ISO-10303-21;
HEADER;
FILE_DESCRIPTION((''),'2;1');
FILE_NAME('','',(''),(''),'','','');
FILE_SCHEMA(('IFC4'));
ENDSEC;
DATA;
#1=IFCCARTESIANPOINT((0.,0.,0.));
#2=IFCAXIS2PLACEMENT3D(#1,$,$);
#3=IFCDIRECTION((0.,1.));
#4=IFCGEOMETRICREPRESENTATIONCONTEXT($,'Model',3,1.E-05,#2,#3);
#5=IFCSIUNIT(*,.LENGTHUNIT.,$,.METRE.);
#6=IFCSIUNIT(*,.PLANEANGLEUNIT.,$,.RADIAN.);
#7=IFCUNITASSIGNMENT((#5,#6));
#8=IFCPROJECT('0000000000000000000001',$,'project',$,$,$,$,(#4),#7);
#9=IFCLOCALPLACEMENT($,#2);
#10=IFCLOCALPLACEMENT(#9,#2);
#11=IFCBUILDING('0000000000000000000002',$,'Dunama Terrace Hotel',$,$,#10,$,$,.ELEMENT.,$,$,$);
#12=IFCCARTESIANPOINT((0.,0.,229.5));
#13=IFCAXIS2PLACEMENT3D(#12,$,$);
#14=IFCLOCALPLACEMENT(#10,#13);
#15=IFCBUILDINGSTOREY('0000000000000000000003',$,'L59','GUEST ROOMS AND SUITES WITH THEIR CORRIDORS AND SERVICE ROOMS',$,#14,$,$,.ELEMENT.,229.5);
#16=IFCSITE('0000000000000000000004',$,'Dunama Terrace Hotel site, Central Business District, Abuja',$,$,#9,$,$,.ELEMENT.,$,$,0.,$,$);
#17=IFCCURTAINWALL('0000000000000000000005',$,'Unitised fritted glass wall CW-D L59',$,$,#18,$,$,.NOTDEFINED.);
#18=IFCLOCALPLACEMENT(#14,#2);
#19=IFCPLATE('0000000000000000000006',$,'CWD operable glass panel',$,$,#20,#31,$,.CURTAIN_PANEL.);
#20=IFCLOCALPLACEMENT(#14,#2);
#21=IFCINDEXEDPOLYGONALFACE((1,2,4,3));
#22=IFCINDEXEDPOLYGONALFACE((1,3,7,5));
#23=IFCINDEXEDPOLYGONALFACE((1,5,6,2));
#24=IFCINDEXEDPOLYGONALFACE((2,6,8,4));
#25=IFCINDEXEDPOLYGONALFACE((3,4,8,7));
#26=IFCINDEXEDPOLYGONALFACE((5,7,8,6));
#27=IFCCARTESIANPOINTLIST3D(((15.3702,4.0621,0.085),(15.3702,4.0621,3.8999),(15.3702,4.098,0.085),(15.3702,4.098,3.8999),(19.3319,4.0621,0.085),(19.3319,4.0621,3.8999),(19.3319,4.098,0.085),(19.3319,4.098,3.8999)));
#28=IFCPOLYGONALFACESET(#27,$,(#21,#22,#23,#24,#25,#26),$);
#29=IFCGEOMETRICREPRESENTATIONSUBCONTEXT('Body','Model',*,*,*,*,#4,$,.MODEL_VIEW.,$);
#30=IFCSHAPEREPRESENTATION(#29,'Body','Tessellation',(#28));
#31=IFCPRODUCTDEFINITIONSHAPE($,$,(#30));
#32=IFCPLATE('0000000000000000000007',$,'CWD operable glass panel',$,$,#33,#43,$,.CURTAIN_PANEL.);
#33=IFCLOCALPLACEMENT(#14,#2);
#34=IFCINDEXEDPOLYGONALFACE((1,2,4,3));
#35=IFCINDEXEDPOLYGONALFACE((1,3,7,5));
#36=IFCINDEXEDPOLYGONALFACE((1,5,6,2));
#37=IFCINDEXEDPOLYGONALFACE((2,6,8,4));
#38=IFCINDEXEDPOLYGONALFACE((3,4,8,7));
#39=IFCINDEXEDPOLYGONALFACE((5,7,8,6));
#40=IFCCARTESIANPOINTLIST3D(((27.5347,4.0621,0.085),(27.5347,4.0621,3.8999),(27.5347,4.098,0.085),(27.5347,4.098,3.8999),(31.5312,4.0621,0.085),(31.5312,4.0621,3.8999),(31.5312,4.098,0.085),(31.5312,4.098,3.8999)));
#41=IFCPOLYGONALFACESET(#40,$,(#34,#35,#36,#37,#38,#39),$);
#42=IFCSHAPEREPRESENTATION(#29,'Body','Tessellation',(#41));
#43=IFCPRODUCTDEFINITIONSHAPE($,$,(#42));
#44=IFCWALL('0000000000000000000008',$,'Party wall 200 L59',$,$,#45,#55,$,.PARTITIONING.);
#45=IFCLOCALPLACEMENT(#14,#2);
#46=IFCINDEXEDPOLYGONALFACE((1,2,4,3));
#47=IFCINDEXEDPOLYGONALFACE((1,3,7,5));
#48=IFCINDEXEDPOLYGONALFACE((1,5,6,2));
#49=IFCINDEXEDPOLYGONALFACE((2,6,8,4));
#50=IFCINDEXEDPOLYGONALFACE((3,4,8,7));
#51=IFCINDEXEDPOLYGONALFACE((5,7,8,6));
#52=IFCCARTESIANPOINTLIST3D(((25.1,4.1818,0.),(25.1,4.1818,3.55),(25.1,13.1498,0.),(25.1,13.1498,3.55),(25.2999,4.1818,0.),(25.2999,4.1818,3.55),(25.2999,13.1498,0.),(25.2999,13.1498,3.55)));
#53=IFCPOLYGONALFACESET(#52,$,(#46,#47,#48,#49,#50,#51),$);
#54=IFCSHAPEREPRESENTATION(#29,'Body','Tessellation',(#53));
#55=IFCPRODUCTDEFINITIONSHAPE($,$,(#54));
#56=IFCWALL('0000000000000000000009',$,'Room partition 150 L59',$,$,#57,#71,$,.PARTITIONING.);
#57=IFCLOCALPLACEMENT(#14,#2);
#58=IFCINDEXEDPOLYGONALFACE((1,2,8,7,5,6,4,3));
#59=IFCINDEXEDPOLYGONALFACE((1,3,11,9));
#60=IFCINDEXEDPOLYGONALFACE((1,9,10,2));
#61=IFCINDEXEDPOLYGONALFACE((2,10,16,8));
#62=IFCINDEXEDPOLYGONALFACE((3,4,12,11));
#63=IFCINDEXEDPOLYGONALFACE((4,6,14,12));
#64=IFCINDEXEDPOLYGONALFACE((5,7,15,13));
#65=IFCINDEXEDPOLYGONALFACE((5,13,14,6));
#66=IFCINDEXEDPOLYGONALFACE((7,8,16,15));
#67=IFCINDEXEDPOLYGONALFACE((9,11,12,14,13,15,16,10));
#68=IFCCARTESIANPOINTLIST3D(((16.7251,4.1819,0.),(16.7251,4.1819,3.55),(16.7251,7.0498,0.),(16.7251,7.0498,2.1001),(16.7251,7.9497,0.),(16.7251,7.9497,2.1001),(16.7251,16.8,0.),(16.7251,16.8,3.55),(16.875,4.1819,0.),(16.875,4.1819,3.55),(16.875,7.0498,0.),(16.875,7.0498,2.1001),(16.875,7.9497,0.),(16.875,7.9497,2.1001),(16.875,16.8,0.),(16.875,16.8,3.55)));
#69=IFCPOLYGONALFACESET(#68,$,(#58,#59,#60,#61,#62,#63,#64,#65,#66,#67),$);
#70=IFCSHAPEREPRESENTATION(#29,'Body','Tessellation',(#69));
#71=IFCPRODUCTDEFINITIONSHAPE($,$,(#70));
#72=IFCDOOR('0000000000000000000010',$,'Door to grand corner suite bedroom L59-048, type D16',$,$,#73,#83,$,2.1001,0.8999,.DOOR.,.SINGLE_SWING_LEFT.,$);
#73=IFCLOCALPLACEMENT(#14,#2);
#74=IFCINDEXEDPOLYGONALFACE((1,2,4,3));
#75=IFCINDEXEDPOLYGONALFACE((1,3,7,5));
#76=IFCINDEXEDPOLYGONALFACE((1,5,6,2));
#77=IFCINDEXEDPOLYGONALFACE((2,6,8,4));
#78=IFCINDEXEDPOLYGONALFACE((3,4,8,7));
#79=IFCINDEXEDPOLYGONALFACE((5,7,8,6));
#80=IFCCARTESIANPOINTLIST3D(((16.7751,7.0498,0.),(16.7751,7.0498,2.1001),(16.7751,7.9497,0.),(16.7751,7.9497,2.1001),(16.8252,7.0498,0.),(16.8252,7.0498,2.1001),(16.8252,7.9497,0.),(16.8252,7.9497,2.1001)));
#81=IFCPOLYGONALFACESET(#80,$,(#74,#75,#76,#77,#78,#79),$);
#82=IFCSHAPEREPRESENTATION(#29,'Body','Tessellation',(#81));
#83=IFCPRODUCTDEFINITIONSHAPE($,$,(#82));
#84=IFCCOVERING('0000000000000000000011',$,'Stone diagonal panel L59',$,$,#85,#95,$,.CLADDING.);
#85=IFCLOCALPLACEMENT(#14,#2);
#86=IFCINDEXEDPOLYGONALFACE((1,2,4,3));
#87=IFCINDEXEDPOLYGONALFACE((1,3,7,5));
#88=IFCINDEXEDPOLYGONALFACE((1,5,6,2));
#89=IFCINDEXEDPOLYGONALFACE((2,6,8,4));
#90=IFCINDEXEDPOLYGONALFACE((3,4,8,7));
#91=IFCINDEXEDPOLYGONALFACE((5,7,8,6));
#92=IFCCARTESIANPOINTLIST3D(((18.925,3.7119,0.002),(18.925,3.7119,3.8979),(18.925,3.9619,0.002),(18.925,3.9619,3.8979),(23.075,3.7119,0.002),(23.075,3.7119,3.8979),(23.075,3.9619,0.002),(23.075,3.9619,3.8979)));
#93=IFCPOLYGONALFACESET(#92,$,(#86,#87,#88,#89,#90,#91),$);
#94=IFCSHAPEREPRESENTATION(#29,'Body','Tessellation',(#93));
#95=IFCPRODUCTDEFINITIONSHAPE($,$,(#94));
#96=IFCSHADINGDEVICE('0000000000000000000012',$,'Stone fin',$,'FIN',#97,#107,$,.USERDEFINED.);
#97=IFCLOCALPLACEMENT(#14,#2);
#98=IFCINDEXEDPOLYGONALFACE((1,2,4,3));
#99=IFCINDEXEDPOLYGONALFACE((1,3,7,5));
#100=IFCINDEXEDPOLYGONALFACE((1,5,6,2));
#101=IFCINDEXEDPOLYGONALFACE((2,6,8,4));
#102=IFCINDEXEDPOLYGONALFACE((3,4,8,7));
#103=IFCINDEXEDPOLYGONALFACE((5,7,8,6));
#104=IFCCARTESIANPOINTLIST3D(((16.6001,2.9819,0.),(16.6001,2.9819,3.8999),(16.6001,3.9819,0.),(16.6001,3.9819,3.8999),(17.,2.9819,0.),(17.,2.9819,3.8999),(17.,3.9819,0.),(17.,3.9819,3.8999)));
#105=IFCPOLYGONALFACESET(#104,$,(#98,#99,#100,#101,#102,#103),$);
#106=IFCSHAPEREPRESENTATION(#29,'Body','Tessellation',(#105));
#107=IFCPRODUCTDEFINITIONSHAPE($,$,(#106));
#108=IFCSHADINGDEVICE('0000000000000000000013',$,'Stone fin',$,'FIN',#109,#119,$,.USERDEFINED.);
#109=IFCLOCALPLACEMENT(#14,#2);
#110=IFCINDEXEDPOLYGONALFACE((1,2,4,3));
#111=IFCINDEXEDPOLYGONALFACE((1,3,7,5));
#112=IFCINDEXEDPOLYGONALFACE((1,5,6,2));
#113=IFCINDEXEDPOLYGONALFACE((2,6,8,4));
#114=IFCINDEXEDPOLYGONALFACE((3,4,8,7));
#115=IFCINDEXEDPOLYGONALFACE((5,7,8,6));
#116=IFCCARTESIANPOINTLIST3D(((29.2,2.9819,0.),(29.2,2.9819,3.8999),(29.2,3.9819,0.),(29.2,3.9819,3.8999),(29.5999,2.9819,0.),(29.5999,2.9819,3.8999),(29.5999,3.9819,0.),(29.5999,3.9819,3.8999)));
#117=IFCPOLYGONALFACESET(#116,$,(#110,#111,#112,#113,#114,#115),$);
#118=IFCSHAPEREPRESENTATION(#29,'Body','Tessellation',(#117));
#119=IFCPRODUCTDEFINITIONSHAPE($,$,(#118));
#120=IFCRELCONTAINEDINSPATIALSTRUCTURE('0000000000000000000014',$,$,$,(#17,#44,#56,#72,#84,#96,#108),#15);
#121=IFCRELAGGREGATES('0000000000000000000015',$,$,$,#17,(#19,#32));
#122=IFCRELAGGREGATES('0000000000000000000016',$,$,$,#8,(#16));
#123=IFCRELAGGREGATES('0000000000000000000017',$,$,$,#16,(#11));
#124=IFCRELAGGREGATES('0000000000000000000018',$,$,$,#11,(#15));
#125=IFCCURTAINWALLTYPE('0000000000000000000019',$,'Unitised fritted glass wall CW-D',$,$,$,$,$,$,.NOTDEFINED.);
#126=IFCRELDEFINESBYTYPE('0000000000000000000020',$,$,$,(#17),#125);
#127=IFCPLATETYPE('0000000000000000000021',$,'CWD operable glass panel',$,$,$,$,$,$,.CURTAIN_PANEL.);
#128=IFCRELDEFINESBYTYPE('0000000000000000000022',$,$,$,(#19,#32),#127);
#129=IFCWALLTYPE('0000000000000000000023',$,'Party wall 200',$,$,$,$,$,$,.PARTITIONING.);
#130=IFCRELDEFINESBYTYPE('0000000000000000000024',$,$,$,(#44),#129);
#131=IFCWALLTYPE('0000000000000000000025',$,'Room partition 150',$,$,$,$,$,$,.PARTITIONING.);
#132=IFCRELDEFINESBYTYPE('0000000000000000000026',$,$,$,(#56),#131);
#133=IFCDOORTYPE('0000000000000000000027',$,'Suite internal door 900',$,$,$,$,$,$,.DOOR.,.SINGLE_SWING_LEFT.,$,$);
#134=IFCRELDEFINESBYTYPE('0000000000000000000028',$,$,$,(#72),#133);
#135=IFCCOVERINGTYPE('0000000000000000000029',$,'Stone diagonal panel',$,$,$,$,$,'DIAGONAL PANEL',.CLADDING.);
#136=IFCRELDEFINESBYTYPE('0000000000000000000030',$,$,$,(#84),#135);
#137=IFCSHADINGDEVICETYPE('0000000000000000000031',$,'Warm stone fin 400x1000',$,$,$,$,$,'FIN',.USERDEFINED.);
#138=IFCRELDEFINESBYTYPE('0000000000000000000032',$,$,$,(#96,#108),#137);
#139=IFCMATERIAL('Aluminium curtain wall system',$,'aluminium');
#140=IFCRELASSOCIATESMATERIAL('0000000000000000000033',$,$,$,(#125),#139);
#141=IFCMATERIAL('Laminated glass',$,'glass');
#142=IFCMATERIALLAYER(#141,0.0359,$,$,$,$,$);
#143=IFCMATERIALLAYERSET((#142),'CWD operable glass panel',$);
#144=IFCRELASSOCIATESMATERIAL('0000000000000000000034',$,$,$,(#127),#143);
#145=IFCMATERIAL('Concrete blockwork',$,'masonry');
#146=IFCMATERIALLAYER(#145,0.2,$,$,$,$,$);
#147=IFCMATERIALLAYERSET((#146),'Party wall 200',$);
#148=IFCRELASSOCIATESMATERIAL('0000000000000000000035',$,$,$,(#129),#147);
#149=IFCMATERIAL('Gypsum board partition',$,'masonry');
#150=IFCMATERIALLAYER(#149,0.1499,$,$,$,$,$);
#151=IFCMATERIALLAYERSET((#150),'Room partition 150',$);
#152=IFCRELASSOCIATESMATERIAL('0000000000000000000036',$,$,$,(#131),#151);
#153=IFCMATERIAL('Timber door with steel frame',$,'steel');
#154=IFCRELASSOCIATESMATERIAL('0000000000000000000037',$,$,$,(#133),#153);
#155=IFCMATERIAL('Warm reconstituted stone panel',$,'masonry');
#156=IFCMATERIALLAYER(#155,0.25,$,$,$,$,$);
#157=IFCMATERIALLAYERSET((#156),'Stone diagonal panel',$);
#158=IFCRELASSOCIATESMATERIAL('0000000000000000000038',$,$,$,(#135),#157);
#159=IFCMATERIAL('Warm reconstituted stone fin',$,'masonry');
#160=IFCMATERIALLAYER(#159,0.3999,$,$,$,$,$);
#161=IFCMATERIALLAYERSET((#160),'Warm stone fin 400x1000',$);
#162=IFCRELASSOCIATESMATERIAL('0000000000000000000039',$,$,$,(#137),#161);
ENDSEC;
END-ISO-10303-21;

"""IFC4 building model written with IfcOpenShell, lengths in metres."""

from ifc_helpers import new_model, si_unit, direction, frame, frame_2d, origin, origin_2d, place, context, subcontext, project, spatial, rectangle, extrude, material, layer, layer_set, type_object, element, fill, aggregate, save


model = new_model("IFC4")

# Units and contexts
model_context = context("Model", 3, precision=1e-05, world=origin(), true_north=direction((0.0, 1.0)))
body_context = subcontext(model_context, "Body", "Model", "MODEL_VIEW")
ifc_project = project(units=[si_unit("LENGTHUNIT", "METRE"), si_unit("PLANEANGLEUNIT", "RADIAN")], contexts=[model_context])

# Site, building, storey
site_placement = place(None, origin())
site = spatial("IfcSite", under=ifc_project, at=site_placement, Name="Dunama Terrace Hotel site, Central Business District, Abuja", CompositionType="ELEMENT", RefElevation=0.0)
building_placement = place(site_placement, origin())
building = spatial("IfcBuilding", under=site, at=building_placement, Name="Dunama Terrace Hotel", CompositionType="ELEMENT")
storey_placement = place(building_placement, frame((0.0, 0.0, 229.5)))
storey = spatial("IfcBuildingStorey", under=building, at=storey_placement, Name="L59", Description="GUEST ROOMS AND SUITES WITH THEIR CORRIDORS AND SERVICE ROOMS", CompositionType="ELEMENT", Elevation=229.5)

# Curtain wall
ifc_material_1 = material(Name="Aluminium curtain wall system", Category="aluminium")
curtain_wall_type = type_object("IfcCurtainWallType", Name="Unitised fritted glass wall CW-D", PredefinedType="NOTDEFINED", material=ifc_material_1)
curtain_wall_1_placement = place(storey_placement, origin())
curtain_wall_1 = element("IfcCurtainWall", 1, at=curtain_wall_1_placement, inside=storey, type_object=curtain_wall_type, Name="Unitised fritted glass wall CW-D L59", PredefinedType="NOTDEFINED")

# Plates
ifc_material_2 = material(Name="Laminated glass", Category="glass")
ifc_layer_1 = layer(ifc_material_2, 0.0359)
ifc_layer_set_1 = layer_set([ifc_layer_1], Name="CWD operable glass panel")
plate_type_1 = type_object("IfcPlateType", Name="CWD operable glass panel", PredefinedType="CURTAIN_PANEL", material=ifc_layer_set_1)
plate_1_placement = place(storey_placement, frame((17.3511, 4.0801, 0.085), z_axis=(0.0, 0.0, 1.0), x_axis=(1.0, 0.0, 0.0)))
plate_1 = element("IfcPlate", 2, at=plate_1_placement, type_object=plate_type_1, Name="CWD operable glass panel", PredefinedType="CURTAIN_PANEL", context=body_context, shape_type="SweptSolid", body=[
    extrude(rectangle(XDim=3.9617, YDim=0.0359, at=origin_2d()), origin(), (0.0, 0.0, 1.0), 3.8149),
])
plate_2_placement = place(storey_placement, frame((29.533, 4.0801, 0.085), z_axis=(0.0, 0.0, 1.0), x_axis=(1.0, 0.0, 0.0)))
plate_2 = element("IfcPlate", 3, at=plate_2_placement, type_object=plate_type_1, Name="CWD operable glass panel", PredefinedType="CURTAIN_PANEL", context=body_context, shape_type="SweptSolid", body=[
    extrude(rectangle(XDim=3.9966, YDim=0.0359, at=origin_2d()), origin(), (0.0, 0.0, 1.0), 3.8149),
])
aggregate(curtain_wall_1, [plate_1, plate_2])

# Wall
ifc_material_3 = material(Name="Concrete blockwork", Category="masonry")
ifc_layer_2 = layer(ifc_material_3, 0.2)
ifc_layer_set_2 = layer_set([ifc_layer_2], Name="Party wall 200")
wall_type_1 = type_object("IfcWallType", Name="Party wall 200", PredefinedType="PARTITIONING", material=ifc_layer_set_2)
wall_1_placement = place(storey_placement, frame((25.2, 4.1819, 0.0), z_axis=(0.0, 0.0, 1.0), x_axis=(0.0, 1.0, 0.0)))
element("IfcWall", 4, at=wall_1_placement, inside=storey, type_object=wall_type_1, Name="Party wall 200 L59", PredefinedType="PARTITIONING", context=body_context, shape_type="SweptSolid", body=[
    extrude(rectangle(XDim=8.968, YDim=0.2, at=frame_2d((4.4839, 0.0))), origin(), (0.0, 0.0, 1.0), 3.55),
])

# Wall, opening, door
ifc_material_4 = material(Name="Gypsum board partition", Category="masonry")
ifc_layer_3 = layer(ifc_material_4, 0.1499)
ifc_layer_set_3 = layer_set([ifc_layer_3], Name="Room partition 150")
wall_type_2 = type_object("IfcWallType", Name="Room partition 150", PredefinedType="PARTITIONING", material=ifc_layer_set_3)
wall_2_placement = place(storey_placement, frame((16.8, 4.1819, 0.0), z_axis=(0.0, 0.0, 1.0), x_axis=(0.0, 1.0, 0.0)))
wall_2 = element("IfcWall", 5, at=wall_2_placement, inside=storey, type_object=wall_type_2, Name="Room partition 150 L59", PredefinedType="PARTITIONING", context=body_context, shape_type="SweptSolid", body=[
    extrude(rectangle(XDim=12.6182, YDim=0.1499, at=frame_2d((6.3091, 0.0))), origin(), (0.0, 0.0, 1.0), 3.55),
])
opening_placement = place(wall_2_placement, frame((2.8679, 0.0, 0.0)))
opening = element("IfcOpeningElement", 6, at=opening_placement, cuts=wall_2, PredefinedType="OPENING", context=body_context, shape_type="SweptSolid", body=[
    extrude(rectangle(XDim=0.8999, YDim=2.1001, at=frame_2d((0.45, 1.05))), frame((0.0, 0.085, 0.0), z_axis=(0.0, -1.0, 0.0), x_axis=(1.0, 0.0, 0.0)), (0.0, 0.0, 1.0), 0.1699),
])
ifc_material_5 = material(Name="Timber door with steel frame", Category="steel")
door_type = type_object("IfcDoorType", Name="Suite internal door 900", OperationType="SINGLE_SWING_LEFT", PredefinedType="DOOR", material=ifc_material_5)
door_placement = place(opening_placement, origin())
door = element("IfcDoor", 7, at=door_placement, inside=storey, type_object=door_type, Name="Door to grand corner suite bedroom L59-048, type D16", OperationType="SINGLE_SWING_LEFT", OverallHeight=2.1001, OverallWidth=0.8999, PredefinedType="DOOR", context=body_context, shape_type="SweptSolid", body=[
    extrude(rectangle(XDim=0.8999, YDim=2.1001, at=frame_2d((0.45, 1.05))), frame((0.0, 0.0249, 0.0), z_axis=(0.0, -1.0, 0.0), x_axis=(1.0, 0.0, 0.0)), (0.0, 0.0, 1.0), 0.05),
])
fill(opening, door)

# Covering
ifc_material_6 = material(Name="Warm reconstituted stone panel", Category="masonry")
ifc_layer_4 = layer(ifc_material_6, 0.25)
ifc_layer_set_4 = layer_set([ifc_layer_4], Name="Stone diagonal panel")
covering_type = type_object("IfcCoveringType", Name="Stone diagonal panel", ElementType="DIAGONAL PANEL", PredefinedType="CLADDING", material=ifc_layer_set_4)
covering_placement = place(storey_placement, frame((21.0, 3.8369, 0.002), z_axis=(0.0, 0.0, 1.0), x_axis=(1.0, 0.0, 0.0)))
element("IfcCovering", 8, at=covering_placement, inside=storey, type_object=covering_type, Name="Stone diagonal panel L59", PredefinedType="CLADDING", context=body_context, shape_type="SweptSolid", body=[
    extrude(rectangle(XDim=4.1499, YDim=0.25, at=origin_2d()), origin(), (0.0, 0.0, 1.0), 3.896),
])

# Shading devices
ifc_material_7 = material(Name="Warm reconstituted stone fin", Category="masonry")
ifc_layer_5 = layer(ifc_material_7, 0.3999)
ifc_layer_set_5 = layer_set([ifc_layer_5], Name="Warm stone fin 400x1000")
shading_device_type = type_object("IfcShadingDeviceType", Name="Warm stone fin 400x1000", ElementType="FIN", PredefinedType="USERDEFINED", material=ifc_layer_set_5)
for number, where, z_axis, x_axis, name in (
    (9, (16.8, 3.4819, 0.0), (0.0, 0.0, 1.0), (1.0, 0.0, 0.0), "Stone fin"),
    (10, (29.3999, 3.4819, 0.0), (0.0, 0.0, 1.0), (1.0, 0.0, 0.0), "Stone fin"),
):
    element("IfcShadingDevice", number, at=place(storey_placement, frame(where, z_axis=z_axis, x_axis=x_axis)), inside=storey, type_object=shading_device_type, Name=name, ObjectType="FIN", PredefinedType="USERDEFINED", context=body_context, shape_type="SweptSolid", body=[
        extrude(rectangle(XDim=0.3999, YDim=1.0, at=origin_2d()), origin(), (0.0, 0.0, 1.0), 3.8999),
    ])

save(model, "model.ifc")
